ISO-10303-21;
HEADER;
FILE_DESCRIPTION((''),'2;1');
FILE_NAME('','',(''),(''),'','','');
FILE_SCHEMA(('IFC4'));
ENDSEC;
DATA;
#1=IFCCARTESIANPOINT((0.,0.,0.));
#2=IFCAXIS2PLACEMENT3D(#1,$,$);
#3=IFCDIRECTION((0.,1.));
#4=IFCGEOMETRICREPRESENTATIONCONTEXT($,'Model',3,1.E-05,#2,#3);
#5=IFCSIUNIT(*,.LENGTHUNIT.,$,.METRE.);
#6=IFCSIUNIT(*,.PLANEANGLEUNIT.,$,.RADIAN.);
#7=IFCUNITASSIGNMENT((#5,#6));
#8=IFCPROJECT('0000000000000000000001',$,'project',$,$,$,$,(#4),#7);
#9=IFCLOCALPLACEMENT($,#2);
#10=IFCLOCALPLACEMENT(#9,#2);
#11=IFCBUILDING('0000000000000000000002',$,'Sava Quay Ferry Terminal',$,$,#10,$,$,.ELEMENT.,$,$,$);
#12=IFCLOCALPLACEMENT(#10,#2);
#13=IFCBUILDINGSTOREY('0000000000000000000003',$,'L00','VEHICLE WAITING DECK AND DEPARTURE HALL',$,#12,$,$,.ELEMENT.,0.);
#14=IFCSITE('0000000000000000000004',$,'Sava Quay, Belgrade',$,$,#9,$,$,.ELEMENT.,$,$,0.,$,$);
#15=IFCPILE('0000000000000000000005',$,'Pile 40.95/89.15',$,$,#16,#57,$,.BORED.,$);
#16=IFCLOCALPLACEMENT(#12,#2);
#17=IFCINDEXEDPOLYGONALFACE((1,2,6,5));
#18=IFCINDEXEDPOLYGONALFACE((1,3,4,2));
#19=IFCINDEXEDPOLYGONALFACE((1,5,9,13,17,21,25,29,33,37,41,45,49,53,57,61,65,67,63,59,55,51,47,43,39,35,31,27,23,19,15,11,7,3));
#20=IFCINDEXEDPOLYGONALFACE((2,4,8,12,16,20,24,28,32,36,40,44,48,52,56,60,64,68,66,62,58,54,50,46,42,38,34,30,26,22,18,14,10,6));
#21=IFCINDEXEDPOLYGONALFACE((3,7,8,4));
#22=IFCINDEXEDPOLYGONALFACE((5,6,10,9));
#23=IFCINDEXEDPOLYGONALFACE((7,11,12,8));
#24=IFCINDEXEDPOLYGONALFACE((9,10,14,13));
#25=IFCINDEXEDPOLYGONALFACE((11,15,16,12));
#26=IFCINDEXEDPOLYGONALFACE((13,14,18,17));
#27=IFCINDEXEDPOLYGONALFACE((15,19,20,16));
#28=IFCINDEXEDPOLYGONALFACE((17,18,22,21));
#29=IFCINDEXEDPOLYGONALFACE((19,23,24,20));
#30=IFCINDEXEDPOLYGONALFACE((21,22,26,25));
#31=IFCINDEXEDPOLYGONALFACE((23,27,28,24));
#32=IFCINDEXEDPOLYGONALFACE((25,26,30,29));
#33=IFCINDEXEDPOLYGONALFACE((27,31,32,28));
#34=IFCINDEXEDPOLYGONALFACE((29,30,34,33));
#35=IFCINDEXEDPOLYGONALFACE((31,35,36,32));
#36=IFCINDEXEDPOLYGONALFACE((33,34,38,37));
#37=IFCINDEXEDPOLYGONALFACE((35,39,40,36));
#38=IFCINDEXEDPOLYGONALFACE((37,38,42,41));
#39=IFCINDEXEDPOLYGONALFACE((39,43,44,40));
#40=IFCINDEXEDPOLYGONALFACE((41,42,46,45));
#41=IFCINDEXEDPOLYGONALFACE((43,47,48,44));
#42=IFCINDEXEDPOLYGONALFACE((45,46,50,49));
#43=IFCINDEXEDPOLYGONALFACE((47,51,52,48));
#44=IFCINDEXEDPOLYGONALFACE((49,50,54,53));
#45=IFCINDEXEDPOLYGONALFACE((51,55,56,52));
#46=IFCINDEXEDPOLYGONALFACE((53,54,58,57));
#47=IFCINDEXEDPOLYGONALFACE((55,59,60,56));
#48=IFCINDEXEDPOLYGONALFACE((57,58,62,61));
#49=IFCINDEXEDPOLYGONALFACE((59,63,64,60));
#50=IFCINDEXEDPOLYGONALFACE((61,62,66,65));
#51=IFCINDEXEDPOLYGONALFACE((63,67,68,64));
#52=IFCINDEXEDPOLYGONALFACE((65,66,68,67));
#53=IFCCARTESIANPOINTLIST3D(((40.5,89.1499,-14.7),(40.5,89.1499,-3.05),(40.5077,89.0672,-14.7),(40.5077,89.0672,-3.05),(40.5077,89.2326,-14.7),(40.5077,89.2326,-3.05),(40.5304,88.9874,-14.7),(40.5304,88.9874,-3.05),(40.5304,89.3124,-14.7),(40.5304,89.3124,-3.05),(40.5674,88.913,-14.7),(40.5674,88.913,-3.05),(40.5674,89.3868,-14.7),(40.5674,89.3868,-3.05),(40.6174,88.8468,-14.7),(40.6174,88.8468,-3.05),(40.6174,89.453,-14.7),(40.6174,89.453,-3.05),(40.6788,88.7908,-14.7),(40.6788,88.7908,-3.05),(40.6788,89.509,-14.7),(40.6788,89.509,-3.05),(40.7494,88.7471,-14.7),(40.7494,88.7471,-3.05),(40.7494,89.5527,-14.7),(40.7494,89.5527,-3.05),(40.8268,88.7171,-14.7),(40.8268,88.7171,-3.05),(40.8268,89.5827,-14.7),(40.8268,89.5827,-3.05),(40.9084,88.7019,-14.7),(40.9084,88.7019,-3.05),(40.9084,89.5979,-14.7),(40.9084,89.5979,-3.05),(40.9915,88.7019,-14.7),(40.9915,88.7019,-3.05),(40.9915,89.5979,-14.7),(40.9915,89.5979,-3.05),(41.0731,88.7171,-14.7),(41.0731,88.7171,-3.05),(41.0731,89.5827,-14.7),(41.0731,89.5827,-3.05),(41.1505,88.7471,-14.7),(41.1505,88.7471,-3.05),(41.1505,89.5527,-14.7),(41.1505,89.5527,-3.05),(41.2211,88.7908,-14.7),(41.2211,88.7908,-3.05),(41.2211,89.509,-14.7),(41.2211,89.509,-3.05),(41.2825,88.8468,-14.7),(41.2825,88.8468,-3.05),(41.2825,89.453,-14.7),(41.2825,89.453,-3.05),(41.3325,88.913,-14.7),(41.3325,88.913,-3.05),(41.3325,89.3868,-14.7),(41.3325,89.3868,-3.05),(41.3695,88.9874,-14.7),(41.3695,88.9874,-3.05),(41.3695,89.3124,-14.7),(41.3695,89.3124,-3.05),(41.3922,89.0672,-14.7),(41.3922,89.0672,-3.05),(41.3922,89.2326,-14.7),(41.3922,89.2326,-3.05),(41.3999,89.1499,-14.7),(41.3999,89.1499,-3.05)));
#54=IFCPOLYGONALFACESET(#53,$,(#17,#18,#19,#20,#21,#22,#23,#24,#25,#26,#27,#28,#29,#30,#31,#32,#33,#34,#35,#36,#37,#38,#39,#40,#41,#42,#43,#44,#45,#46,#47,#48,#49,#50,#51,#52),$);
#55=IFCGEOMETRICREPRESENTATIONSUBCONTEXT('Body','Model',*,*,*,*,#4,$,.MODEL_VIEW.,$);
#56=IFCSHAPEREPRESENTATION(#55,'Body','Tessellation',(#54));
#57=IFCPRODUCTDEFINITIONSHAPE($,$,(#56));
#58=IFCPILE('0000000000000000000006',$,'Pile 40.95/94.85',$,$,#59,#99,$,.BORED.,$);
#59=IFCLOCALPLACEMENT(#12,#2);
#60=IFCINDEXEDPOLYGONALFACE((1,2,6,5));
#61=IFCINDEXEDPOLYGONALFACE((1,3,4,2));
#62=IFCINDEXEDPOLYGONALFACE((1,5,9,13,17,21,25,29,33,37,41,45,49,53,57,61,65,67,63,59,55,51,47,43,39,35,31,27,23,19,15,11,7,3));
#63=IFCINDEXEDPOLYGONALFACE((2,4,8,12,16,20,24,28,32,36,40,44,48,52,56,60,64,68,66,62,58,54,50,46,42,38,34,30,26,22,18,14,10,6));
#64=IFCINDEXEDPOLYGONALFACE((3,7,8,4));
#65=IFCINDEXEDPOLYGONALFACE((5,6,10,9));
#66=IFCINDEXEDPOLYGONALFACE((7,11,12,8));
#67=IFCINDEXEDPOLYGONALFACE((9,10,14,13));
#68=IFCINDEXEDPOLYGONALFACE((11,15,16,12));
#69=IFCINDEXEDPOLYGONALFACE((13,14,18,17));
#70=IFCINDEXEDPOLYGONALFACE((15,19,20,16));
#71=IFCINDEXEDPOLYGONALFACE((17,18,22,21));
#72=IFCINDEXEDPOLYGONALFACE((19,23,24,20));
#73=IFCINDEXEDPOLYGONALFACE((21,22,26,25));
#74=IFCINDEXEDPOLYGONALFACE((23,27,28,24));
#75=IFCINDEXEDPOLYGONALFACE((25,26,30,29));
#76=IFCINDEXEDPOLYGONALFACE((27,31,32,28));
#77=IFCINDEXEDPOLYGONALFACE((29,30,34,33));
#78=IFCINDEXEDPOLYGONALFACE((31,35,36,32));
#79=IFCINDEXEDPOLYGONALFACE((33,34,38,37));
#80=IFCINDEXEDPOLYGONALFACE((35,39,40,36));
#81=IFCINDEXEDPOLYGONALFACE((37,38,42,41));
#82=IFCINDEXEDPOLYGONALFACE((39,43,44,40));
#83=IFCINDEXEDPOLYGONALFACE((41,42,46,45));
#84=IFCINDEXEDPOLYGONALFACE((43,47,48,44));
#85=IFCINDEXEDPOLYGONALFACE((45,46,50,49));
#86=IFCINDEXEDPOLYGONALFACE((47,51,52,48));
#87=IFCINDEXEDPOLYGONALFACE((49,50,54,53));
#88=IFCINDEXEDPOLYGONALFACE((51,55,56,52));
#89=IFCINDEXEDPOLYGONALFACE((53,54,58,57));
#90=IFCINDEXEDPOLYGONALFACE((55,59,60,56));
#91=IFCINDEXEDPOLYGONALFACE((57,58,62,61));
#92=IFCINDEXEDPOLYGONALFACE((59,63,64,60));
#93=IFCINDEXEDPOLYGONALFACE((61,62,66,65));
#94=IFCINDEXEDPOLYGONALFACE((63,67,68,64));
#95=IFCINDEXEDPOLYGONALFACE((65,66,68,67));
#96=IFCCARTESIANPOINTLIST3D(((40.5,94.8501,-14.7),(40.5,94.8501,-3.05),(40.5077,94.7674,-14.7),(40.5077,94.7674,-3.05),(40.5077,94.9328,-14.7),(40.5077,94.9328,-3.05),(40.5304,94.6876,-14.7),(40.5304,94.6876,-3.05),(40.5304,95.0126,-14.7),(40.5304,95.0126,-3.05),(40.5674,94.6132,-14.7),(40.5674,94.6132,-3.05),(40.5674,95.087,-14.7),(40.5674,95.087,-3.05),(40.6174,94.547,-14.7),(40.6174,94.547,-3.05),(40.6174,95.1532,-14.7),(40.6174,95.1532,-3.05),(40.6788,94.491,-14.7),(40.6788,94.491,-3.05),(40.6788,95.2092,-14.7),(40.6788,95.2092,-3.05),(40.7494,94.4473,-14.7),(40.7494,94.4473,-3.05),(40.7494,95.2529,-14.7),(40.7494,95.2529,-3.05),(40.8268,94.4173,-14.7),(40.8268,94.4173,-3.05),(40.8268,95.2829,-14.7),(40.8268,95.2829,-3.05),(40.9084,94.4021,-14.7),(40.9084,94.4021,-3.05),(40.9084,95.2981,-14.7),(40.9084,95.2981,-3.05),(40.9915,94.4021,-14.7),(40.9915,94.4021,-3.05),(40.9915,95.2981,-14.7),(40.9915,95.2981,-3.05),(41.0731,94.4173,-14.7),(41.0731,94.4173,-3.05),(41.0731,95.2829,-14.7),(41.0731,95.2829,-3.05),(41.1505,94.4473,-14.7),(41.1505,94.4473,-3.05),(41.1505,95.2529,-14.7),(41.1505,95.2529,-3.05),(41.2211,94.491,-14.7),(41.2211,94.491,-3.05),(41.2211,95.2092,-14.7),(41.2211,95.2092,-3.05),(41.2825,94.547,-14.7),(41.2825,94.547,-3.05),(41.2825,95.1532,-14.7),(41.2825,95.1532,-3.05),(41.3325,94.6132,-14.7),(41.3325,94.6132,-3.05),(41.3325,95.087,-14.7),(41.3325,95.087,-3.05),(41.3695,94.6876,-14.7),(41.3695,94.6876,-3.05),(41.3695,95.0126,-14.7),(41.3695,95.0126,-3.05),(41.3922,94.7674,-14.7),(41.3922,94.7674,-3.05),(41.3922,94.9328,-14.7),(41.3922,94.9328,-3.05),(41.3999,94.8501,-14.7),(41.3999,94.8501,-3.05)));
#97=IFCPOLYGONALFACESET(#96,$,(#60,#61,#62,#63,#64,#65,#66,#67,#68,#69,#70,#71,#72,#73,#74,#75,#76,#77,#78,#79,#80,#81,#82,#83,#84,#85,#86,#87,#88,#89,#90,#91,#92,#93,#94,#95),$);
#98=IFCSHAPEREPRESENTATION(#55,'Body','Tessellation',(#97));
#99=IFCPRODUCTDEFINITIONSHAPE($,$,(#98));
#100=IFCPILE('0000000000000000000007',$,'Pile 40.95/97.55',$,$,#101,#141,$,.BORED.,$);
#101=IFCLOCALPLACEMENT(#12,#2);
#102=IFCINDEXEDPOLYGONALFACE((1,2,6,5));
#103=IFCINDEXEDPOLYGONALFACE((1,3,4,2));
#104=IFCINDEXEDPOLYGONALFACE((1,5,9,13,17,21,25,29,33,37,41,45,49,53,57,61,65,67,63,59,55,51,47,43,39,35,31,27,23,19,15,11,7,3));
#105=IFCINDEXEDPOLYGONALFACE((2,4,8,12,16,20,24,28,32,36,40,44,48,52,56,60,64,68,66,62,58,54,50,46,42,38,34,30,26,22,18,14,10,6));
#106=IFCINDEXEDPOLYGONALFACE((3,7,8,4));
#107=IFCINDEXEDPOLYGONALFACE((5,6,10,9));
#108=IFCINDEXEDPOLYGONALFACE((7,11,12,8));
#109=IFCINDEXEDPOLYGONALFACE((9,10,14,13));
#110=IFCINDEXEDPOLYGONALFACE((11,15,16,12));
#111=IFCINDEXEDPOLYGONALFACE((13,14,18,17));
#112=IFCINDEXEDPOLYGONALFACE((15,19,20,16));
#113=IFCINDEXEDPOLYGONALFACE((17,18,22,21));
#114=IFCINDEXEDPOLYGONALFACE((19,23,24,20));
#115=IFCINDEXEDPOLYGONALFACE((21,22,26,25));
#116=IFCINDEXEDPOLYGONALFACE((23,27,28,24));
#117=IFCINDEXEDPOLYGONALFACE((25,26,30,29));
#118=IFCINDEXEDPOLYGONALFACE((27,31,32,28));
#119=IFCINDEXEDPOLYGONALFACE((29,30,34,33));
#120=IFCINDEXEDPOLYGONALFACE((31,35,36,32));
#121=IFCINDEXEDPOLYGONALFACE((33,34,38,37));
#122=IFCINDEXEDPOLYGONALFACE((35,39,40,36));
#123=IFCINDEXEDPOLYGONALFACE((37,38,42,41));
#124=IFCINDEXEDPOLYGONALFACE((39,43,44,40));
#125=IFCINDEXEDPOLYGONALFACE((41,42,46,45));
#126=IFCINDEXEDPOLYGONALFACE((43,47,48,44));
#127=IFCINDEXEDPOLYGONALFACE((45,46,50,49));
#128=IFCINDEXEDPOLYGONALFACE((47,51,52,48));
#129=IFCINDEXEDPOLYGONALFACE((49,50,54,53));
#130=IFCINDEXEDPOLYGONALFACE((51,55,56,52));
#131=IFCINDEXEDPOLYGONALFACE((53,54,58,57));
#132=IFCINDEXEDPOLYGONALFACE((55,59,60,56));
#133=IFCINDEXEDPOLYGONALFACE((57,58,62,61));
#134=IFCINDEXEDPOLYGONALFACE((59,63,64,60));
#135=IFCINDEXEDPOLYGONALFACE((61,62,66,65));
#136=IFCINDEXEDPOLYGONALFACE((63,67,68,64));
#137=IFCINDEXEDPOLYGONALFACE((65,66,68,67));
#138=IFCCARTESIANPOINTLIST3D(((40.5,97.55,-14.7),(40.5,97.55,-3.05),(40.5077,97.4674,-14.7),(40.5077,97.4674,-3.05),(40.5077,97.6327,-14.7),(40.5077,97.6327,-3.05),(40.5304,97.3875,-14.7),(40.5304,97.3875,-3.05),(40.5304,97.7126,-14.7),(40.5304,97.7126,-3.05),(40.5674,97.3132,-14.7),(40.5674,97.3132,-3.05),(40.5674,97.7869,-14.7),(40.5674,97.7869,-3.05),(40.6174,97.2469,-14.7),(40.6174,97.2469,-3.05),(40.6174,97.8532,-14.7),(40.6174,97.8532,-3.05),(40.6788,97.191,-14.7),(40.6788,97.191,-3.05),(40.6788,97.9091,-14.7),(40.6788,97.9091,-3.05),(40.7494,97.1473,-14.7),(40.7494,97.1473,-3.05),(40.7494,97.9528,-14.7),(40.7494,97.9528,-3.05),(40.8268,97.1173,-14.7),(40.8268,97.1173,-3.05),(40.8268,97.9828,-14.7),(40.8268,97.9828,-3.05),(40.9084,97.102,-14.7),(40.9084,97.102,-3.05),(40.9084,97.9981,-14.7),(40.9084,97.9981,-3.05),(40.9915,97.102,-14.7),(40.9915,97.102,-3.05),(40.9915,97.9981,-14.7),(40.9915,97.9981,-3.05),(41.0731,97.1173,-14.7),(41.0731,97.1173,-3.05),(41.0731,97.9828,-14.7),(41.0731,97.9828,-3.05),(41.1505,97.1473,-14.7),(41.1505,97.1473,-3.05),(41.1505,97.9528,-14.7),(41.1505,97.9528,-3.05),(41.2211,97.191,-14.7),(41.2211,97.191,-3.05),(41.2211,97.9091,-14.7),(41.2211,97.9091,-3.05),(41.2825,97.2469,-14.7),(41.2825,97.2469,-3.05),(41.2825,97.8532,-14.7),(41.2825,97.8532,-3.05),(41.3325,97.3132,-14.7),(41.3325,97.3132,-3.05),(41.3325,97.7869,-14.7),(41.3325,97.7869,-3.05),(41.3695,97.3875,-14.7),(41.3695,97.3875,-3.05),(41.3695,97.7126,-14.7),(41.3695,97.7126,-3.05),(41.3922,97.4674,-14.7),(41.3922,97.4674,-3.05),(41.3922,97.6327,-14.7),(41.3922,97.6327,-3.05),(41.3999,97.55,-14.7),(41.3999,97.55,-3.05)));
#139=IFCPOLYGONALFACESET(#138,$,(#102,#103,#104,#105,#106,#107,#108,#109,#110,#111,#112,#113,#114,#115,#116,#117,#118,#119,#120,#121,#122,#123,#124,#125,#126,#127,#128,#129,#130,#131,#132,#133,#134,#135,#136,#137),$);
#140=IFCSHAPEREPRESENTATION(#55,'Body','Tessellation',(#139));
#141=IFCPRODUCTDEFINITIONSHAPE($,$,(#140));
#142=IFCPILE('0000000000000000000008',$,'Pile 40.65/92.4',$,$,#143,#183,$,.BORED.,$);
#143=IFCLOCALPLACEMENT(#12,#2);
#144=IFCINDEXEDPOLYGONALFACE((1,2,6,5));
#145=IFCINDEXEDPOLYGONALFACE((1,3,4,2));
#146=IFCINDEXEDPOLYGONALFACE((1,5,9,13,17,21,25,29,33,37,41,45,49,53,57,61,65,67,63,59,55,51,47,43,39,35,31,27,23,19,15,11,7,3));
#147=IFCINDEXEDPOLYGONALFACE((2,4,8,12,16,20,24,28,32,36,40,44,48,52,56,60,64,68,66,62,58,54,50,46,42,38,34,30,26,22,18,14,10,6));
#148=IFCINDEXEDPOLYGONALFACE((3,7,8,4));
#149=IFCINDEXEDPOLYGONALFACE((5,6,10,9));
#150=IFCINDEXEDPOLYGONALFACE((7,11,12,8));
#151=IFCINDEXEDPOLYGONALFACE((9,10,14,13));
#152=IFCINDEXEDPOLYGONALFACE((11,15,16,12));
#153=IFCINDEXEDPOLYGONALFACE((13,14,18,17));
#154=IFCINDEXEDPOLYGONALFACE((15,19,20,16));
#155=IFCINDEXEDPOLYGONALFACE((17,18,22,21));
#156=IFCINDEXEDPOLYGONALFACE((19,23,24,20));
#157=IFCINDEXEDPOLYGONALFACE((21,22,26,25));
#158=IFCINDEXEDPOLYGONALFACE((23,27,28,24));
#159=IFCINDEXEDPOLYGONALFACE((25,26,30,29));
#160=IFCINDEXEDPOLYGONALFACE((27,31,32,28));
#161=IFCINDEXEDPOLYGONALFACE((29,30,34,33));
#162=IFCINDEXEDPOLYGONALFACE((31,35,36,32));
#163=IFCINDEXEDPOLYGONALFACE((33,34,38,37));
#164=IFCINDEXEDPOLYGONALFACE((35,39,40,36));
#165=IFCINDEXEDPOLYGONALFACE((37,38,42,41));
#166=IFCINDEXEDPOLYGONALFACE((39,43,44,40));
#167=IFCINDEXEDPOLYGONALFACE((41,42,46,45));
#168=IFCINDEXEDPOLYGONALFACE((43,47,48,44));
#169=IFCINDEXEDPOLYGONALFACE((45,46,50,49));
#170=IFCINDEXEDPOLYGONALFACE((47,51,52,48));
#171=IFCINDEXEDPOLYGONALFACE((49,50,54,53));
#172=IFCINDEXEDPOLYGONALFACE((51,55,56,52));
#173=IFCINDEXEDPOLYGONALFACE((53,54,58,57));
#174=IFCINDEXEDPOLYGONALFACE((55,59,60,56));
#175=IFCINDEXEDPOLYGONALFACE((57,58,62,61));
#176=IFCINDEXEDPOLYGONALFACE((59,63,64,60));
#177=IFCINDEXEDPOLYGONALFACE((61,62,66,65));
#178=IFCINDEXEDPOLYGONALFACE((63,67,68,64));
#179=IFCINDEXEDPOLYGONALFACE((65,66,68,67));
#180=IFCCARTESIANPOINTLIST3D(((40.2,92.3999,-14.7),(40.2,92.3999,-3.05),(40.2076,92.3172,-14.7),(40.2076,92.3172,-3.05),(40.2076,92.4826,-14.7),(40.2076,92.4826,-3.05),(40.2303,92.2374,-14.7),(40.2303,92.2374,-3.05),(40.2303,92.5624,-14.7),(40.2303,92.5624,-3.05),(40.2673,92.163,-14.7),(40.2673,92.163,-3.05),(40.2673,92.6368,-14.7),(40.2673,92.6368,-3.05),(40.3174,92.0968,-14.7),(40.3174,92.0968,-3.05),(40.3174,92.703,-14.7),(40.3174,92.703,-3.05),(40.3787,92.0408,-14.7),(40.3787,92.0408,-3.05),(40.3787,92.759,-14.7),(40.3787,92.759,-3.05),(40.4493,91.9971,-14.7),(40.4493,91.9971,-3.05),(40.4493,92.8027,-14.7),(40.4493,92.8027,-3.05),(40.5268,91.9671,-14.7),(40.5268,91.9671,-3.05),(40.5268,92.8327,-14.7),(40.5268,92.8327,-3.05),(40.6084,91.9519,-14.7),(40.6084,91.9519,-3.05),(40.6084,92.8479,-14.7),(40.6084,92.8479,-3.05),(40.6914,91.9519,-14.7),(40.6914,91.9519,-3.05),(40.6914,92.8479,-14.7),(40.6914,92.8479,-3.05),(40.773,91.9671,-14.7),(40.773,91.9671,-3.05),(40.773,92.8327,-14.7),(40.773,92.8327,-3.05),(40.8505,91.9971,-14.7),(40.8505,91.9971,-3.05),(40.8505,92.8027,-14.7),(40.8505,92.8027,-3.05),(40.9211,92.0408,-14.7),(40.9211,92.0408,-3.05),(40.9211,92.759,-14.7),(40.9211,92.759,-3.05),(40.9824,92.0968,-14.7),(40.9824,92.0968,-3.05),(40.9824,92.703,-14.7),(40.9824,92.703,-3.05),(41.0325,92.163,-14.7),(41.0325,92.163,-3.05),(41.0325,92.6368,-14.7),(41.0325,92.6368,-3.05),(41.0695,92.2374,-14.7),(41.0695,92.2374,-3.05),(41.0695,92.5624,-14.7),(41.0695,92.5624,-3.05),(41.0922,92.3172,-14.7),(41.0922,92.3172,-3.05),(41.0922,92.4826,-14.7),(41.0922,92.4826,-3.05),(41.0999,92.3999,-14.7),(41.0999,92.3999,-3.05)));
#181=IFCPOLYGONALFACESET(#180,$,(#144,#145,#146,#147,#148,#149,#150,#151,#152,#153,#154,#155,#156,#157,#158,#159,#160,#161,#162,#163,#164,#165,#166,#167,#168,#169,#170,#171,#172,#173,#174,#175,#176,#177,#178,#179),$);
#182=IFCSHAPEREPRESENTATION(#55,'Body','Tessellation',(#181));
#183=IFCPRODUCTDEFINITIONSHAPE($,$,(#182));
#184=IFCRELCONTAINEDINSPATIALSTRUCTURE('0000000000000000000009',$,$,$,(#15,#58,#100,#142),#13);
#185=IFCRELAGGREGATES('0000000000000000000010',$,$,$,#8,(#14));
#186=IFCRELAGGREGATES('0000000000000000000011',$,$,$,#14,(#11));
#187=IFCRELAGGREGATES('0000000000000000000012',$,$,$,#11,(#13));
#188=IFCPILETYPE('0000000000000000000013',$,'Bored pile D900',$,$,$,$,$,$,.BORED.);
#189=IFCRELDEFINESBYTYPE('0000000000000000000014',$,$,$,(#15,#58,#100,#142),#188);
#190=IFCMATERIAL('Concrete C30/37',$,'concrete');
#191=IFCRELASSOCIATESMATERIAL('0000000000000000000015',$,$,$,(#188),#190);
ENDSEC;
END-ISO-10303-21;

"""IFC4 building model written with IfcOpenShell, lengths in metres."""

from ifc_helpers import new_model, si_unit, direction, frame, origin, origin_2d, place, context, subcontext, project, spatial, circle, extrude, material, material_profile, profile_set, type_object, element, save


model = new_model("IFC4")

# Units and contexts
model_context = context("Model", 3, precision=1e-05, world=origin(), true_north=direction((0.0, 1.0)))
body_context = subcontext(model_context, "Body", "Model", "MODEL_VIEW")
ifc_project = project(units=[si_unit("LENGTHUNIT", "METRE"), si_unit("PLANEANGLEUNIT", "RADIAN")], contexts=[model_context])

# Site, building, storey
site_placement = place(None, origin())
site = spatial("IfcSite", under=ifc_project, at=site_placement, Name="Sava Quay, Belgrade", CompositionType="ELEMENT", RefElevation=0.0)
building_placement = place(site_placement, origin())
building = spatial("IfcBuilding", under=site, at=building_placement, Name="Sava Quay Ferry Terminal", CompositionType="ELEMENT")
storey_placement = place(building_placement, origin())
storey = spatial("IfcBuildingStorey", under=building, at=storey_placement, Name="L00", Description="VEHICLE WAITING DECK AND DEPARTURE HALL", CompositionType="ELEMENT", Elevation=0.0)

# Piles
ifc_material_1 = material(Name="Concrete C30/37", Category="concrete")
ifc_material_profile_1 = material_profile(ifc_material_1, circle(Radius=0.45, at=origin_2d()), Name="Bored pile D900")
ifc_profile_set_1 = profile_set([ifc_material_profile_1], Name="Concrete C30/37")
pile_type = type_object("IfcPileType", Name="Bored pile D900", PredefinedType="BORED", material=ifc_profile_set_1)
for number, where, z_axis, x_axis, name in (
    (1, (40.95, 89.1499, -3.05), (0.0, 0.0, -1.0), (1.0, 0.0, 0.0), "Pile 40.95/89.15"),
    (2, (40.95, 94.8501, -3.05), (0.0, 0.0, -1.0), (1.0, 0.0, 0.0), "Pile 40.95/94.85"),
    (3, (40.95, 97.55, -3.05), (0.0, 0.0, -1.0), (1.0, 0.0, 0.0), "Pile 40.95/97.55"),
    (4, (40.6499, 92.3999, -3.05), (0.0, 0.0, -1.0), (1.0, 0.0, 0.0), "Pile 40.65/92.4"),
):
    element("IfcPile", number, at=place(storey_placement, frame(where, z_axis=z_axis, x_axis=x_axis)), inside=storey, type_object=pile_type, Name=name, PredefinedType="BORED", context=body_context, shape_type="SweptSolid", body=[
        extrude(circle(Radius=0.45, at=origin_2d()), origin(), (0.0, 0.0, 1.0), 11.6499),
    ])

save(model, "model.ifc")
